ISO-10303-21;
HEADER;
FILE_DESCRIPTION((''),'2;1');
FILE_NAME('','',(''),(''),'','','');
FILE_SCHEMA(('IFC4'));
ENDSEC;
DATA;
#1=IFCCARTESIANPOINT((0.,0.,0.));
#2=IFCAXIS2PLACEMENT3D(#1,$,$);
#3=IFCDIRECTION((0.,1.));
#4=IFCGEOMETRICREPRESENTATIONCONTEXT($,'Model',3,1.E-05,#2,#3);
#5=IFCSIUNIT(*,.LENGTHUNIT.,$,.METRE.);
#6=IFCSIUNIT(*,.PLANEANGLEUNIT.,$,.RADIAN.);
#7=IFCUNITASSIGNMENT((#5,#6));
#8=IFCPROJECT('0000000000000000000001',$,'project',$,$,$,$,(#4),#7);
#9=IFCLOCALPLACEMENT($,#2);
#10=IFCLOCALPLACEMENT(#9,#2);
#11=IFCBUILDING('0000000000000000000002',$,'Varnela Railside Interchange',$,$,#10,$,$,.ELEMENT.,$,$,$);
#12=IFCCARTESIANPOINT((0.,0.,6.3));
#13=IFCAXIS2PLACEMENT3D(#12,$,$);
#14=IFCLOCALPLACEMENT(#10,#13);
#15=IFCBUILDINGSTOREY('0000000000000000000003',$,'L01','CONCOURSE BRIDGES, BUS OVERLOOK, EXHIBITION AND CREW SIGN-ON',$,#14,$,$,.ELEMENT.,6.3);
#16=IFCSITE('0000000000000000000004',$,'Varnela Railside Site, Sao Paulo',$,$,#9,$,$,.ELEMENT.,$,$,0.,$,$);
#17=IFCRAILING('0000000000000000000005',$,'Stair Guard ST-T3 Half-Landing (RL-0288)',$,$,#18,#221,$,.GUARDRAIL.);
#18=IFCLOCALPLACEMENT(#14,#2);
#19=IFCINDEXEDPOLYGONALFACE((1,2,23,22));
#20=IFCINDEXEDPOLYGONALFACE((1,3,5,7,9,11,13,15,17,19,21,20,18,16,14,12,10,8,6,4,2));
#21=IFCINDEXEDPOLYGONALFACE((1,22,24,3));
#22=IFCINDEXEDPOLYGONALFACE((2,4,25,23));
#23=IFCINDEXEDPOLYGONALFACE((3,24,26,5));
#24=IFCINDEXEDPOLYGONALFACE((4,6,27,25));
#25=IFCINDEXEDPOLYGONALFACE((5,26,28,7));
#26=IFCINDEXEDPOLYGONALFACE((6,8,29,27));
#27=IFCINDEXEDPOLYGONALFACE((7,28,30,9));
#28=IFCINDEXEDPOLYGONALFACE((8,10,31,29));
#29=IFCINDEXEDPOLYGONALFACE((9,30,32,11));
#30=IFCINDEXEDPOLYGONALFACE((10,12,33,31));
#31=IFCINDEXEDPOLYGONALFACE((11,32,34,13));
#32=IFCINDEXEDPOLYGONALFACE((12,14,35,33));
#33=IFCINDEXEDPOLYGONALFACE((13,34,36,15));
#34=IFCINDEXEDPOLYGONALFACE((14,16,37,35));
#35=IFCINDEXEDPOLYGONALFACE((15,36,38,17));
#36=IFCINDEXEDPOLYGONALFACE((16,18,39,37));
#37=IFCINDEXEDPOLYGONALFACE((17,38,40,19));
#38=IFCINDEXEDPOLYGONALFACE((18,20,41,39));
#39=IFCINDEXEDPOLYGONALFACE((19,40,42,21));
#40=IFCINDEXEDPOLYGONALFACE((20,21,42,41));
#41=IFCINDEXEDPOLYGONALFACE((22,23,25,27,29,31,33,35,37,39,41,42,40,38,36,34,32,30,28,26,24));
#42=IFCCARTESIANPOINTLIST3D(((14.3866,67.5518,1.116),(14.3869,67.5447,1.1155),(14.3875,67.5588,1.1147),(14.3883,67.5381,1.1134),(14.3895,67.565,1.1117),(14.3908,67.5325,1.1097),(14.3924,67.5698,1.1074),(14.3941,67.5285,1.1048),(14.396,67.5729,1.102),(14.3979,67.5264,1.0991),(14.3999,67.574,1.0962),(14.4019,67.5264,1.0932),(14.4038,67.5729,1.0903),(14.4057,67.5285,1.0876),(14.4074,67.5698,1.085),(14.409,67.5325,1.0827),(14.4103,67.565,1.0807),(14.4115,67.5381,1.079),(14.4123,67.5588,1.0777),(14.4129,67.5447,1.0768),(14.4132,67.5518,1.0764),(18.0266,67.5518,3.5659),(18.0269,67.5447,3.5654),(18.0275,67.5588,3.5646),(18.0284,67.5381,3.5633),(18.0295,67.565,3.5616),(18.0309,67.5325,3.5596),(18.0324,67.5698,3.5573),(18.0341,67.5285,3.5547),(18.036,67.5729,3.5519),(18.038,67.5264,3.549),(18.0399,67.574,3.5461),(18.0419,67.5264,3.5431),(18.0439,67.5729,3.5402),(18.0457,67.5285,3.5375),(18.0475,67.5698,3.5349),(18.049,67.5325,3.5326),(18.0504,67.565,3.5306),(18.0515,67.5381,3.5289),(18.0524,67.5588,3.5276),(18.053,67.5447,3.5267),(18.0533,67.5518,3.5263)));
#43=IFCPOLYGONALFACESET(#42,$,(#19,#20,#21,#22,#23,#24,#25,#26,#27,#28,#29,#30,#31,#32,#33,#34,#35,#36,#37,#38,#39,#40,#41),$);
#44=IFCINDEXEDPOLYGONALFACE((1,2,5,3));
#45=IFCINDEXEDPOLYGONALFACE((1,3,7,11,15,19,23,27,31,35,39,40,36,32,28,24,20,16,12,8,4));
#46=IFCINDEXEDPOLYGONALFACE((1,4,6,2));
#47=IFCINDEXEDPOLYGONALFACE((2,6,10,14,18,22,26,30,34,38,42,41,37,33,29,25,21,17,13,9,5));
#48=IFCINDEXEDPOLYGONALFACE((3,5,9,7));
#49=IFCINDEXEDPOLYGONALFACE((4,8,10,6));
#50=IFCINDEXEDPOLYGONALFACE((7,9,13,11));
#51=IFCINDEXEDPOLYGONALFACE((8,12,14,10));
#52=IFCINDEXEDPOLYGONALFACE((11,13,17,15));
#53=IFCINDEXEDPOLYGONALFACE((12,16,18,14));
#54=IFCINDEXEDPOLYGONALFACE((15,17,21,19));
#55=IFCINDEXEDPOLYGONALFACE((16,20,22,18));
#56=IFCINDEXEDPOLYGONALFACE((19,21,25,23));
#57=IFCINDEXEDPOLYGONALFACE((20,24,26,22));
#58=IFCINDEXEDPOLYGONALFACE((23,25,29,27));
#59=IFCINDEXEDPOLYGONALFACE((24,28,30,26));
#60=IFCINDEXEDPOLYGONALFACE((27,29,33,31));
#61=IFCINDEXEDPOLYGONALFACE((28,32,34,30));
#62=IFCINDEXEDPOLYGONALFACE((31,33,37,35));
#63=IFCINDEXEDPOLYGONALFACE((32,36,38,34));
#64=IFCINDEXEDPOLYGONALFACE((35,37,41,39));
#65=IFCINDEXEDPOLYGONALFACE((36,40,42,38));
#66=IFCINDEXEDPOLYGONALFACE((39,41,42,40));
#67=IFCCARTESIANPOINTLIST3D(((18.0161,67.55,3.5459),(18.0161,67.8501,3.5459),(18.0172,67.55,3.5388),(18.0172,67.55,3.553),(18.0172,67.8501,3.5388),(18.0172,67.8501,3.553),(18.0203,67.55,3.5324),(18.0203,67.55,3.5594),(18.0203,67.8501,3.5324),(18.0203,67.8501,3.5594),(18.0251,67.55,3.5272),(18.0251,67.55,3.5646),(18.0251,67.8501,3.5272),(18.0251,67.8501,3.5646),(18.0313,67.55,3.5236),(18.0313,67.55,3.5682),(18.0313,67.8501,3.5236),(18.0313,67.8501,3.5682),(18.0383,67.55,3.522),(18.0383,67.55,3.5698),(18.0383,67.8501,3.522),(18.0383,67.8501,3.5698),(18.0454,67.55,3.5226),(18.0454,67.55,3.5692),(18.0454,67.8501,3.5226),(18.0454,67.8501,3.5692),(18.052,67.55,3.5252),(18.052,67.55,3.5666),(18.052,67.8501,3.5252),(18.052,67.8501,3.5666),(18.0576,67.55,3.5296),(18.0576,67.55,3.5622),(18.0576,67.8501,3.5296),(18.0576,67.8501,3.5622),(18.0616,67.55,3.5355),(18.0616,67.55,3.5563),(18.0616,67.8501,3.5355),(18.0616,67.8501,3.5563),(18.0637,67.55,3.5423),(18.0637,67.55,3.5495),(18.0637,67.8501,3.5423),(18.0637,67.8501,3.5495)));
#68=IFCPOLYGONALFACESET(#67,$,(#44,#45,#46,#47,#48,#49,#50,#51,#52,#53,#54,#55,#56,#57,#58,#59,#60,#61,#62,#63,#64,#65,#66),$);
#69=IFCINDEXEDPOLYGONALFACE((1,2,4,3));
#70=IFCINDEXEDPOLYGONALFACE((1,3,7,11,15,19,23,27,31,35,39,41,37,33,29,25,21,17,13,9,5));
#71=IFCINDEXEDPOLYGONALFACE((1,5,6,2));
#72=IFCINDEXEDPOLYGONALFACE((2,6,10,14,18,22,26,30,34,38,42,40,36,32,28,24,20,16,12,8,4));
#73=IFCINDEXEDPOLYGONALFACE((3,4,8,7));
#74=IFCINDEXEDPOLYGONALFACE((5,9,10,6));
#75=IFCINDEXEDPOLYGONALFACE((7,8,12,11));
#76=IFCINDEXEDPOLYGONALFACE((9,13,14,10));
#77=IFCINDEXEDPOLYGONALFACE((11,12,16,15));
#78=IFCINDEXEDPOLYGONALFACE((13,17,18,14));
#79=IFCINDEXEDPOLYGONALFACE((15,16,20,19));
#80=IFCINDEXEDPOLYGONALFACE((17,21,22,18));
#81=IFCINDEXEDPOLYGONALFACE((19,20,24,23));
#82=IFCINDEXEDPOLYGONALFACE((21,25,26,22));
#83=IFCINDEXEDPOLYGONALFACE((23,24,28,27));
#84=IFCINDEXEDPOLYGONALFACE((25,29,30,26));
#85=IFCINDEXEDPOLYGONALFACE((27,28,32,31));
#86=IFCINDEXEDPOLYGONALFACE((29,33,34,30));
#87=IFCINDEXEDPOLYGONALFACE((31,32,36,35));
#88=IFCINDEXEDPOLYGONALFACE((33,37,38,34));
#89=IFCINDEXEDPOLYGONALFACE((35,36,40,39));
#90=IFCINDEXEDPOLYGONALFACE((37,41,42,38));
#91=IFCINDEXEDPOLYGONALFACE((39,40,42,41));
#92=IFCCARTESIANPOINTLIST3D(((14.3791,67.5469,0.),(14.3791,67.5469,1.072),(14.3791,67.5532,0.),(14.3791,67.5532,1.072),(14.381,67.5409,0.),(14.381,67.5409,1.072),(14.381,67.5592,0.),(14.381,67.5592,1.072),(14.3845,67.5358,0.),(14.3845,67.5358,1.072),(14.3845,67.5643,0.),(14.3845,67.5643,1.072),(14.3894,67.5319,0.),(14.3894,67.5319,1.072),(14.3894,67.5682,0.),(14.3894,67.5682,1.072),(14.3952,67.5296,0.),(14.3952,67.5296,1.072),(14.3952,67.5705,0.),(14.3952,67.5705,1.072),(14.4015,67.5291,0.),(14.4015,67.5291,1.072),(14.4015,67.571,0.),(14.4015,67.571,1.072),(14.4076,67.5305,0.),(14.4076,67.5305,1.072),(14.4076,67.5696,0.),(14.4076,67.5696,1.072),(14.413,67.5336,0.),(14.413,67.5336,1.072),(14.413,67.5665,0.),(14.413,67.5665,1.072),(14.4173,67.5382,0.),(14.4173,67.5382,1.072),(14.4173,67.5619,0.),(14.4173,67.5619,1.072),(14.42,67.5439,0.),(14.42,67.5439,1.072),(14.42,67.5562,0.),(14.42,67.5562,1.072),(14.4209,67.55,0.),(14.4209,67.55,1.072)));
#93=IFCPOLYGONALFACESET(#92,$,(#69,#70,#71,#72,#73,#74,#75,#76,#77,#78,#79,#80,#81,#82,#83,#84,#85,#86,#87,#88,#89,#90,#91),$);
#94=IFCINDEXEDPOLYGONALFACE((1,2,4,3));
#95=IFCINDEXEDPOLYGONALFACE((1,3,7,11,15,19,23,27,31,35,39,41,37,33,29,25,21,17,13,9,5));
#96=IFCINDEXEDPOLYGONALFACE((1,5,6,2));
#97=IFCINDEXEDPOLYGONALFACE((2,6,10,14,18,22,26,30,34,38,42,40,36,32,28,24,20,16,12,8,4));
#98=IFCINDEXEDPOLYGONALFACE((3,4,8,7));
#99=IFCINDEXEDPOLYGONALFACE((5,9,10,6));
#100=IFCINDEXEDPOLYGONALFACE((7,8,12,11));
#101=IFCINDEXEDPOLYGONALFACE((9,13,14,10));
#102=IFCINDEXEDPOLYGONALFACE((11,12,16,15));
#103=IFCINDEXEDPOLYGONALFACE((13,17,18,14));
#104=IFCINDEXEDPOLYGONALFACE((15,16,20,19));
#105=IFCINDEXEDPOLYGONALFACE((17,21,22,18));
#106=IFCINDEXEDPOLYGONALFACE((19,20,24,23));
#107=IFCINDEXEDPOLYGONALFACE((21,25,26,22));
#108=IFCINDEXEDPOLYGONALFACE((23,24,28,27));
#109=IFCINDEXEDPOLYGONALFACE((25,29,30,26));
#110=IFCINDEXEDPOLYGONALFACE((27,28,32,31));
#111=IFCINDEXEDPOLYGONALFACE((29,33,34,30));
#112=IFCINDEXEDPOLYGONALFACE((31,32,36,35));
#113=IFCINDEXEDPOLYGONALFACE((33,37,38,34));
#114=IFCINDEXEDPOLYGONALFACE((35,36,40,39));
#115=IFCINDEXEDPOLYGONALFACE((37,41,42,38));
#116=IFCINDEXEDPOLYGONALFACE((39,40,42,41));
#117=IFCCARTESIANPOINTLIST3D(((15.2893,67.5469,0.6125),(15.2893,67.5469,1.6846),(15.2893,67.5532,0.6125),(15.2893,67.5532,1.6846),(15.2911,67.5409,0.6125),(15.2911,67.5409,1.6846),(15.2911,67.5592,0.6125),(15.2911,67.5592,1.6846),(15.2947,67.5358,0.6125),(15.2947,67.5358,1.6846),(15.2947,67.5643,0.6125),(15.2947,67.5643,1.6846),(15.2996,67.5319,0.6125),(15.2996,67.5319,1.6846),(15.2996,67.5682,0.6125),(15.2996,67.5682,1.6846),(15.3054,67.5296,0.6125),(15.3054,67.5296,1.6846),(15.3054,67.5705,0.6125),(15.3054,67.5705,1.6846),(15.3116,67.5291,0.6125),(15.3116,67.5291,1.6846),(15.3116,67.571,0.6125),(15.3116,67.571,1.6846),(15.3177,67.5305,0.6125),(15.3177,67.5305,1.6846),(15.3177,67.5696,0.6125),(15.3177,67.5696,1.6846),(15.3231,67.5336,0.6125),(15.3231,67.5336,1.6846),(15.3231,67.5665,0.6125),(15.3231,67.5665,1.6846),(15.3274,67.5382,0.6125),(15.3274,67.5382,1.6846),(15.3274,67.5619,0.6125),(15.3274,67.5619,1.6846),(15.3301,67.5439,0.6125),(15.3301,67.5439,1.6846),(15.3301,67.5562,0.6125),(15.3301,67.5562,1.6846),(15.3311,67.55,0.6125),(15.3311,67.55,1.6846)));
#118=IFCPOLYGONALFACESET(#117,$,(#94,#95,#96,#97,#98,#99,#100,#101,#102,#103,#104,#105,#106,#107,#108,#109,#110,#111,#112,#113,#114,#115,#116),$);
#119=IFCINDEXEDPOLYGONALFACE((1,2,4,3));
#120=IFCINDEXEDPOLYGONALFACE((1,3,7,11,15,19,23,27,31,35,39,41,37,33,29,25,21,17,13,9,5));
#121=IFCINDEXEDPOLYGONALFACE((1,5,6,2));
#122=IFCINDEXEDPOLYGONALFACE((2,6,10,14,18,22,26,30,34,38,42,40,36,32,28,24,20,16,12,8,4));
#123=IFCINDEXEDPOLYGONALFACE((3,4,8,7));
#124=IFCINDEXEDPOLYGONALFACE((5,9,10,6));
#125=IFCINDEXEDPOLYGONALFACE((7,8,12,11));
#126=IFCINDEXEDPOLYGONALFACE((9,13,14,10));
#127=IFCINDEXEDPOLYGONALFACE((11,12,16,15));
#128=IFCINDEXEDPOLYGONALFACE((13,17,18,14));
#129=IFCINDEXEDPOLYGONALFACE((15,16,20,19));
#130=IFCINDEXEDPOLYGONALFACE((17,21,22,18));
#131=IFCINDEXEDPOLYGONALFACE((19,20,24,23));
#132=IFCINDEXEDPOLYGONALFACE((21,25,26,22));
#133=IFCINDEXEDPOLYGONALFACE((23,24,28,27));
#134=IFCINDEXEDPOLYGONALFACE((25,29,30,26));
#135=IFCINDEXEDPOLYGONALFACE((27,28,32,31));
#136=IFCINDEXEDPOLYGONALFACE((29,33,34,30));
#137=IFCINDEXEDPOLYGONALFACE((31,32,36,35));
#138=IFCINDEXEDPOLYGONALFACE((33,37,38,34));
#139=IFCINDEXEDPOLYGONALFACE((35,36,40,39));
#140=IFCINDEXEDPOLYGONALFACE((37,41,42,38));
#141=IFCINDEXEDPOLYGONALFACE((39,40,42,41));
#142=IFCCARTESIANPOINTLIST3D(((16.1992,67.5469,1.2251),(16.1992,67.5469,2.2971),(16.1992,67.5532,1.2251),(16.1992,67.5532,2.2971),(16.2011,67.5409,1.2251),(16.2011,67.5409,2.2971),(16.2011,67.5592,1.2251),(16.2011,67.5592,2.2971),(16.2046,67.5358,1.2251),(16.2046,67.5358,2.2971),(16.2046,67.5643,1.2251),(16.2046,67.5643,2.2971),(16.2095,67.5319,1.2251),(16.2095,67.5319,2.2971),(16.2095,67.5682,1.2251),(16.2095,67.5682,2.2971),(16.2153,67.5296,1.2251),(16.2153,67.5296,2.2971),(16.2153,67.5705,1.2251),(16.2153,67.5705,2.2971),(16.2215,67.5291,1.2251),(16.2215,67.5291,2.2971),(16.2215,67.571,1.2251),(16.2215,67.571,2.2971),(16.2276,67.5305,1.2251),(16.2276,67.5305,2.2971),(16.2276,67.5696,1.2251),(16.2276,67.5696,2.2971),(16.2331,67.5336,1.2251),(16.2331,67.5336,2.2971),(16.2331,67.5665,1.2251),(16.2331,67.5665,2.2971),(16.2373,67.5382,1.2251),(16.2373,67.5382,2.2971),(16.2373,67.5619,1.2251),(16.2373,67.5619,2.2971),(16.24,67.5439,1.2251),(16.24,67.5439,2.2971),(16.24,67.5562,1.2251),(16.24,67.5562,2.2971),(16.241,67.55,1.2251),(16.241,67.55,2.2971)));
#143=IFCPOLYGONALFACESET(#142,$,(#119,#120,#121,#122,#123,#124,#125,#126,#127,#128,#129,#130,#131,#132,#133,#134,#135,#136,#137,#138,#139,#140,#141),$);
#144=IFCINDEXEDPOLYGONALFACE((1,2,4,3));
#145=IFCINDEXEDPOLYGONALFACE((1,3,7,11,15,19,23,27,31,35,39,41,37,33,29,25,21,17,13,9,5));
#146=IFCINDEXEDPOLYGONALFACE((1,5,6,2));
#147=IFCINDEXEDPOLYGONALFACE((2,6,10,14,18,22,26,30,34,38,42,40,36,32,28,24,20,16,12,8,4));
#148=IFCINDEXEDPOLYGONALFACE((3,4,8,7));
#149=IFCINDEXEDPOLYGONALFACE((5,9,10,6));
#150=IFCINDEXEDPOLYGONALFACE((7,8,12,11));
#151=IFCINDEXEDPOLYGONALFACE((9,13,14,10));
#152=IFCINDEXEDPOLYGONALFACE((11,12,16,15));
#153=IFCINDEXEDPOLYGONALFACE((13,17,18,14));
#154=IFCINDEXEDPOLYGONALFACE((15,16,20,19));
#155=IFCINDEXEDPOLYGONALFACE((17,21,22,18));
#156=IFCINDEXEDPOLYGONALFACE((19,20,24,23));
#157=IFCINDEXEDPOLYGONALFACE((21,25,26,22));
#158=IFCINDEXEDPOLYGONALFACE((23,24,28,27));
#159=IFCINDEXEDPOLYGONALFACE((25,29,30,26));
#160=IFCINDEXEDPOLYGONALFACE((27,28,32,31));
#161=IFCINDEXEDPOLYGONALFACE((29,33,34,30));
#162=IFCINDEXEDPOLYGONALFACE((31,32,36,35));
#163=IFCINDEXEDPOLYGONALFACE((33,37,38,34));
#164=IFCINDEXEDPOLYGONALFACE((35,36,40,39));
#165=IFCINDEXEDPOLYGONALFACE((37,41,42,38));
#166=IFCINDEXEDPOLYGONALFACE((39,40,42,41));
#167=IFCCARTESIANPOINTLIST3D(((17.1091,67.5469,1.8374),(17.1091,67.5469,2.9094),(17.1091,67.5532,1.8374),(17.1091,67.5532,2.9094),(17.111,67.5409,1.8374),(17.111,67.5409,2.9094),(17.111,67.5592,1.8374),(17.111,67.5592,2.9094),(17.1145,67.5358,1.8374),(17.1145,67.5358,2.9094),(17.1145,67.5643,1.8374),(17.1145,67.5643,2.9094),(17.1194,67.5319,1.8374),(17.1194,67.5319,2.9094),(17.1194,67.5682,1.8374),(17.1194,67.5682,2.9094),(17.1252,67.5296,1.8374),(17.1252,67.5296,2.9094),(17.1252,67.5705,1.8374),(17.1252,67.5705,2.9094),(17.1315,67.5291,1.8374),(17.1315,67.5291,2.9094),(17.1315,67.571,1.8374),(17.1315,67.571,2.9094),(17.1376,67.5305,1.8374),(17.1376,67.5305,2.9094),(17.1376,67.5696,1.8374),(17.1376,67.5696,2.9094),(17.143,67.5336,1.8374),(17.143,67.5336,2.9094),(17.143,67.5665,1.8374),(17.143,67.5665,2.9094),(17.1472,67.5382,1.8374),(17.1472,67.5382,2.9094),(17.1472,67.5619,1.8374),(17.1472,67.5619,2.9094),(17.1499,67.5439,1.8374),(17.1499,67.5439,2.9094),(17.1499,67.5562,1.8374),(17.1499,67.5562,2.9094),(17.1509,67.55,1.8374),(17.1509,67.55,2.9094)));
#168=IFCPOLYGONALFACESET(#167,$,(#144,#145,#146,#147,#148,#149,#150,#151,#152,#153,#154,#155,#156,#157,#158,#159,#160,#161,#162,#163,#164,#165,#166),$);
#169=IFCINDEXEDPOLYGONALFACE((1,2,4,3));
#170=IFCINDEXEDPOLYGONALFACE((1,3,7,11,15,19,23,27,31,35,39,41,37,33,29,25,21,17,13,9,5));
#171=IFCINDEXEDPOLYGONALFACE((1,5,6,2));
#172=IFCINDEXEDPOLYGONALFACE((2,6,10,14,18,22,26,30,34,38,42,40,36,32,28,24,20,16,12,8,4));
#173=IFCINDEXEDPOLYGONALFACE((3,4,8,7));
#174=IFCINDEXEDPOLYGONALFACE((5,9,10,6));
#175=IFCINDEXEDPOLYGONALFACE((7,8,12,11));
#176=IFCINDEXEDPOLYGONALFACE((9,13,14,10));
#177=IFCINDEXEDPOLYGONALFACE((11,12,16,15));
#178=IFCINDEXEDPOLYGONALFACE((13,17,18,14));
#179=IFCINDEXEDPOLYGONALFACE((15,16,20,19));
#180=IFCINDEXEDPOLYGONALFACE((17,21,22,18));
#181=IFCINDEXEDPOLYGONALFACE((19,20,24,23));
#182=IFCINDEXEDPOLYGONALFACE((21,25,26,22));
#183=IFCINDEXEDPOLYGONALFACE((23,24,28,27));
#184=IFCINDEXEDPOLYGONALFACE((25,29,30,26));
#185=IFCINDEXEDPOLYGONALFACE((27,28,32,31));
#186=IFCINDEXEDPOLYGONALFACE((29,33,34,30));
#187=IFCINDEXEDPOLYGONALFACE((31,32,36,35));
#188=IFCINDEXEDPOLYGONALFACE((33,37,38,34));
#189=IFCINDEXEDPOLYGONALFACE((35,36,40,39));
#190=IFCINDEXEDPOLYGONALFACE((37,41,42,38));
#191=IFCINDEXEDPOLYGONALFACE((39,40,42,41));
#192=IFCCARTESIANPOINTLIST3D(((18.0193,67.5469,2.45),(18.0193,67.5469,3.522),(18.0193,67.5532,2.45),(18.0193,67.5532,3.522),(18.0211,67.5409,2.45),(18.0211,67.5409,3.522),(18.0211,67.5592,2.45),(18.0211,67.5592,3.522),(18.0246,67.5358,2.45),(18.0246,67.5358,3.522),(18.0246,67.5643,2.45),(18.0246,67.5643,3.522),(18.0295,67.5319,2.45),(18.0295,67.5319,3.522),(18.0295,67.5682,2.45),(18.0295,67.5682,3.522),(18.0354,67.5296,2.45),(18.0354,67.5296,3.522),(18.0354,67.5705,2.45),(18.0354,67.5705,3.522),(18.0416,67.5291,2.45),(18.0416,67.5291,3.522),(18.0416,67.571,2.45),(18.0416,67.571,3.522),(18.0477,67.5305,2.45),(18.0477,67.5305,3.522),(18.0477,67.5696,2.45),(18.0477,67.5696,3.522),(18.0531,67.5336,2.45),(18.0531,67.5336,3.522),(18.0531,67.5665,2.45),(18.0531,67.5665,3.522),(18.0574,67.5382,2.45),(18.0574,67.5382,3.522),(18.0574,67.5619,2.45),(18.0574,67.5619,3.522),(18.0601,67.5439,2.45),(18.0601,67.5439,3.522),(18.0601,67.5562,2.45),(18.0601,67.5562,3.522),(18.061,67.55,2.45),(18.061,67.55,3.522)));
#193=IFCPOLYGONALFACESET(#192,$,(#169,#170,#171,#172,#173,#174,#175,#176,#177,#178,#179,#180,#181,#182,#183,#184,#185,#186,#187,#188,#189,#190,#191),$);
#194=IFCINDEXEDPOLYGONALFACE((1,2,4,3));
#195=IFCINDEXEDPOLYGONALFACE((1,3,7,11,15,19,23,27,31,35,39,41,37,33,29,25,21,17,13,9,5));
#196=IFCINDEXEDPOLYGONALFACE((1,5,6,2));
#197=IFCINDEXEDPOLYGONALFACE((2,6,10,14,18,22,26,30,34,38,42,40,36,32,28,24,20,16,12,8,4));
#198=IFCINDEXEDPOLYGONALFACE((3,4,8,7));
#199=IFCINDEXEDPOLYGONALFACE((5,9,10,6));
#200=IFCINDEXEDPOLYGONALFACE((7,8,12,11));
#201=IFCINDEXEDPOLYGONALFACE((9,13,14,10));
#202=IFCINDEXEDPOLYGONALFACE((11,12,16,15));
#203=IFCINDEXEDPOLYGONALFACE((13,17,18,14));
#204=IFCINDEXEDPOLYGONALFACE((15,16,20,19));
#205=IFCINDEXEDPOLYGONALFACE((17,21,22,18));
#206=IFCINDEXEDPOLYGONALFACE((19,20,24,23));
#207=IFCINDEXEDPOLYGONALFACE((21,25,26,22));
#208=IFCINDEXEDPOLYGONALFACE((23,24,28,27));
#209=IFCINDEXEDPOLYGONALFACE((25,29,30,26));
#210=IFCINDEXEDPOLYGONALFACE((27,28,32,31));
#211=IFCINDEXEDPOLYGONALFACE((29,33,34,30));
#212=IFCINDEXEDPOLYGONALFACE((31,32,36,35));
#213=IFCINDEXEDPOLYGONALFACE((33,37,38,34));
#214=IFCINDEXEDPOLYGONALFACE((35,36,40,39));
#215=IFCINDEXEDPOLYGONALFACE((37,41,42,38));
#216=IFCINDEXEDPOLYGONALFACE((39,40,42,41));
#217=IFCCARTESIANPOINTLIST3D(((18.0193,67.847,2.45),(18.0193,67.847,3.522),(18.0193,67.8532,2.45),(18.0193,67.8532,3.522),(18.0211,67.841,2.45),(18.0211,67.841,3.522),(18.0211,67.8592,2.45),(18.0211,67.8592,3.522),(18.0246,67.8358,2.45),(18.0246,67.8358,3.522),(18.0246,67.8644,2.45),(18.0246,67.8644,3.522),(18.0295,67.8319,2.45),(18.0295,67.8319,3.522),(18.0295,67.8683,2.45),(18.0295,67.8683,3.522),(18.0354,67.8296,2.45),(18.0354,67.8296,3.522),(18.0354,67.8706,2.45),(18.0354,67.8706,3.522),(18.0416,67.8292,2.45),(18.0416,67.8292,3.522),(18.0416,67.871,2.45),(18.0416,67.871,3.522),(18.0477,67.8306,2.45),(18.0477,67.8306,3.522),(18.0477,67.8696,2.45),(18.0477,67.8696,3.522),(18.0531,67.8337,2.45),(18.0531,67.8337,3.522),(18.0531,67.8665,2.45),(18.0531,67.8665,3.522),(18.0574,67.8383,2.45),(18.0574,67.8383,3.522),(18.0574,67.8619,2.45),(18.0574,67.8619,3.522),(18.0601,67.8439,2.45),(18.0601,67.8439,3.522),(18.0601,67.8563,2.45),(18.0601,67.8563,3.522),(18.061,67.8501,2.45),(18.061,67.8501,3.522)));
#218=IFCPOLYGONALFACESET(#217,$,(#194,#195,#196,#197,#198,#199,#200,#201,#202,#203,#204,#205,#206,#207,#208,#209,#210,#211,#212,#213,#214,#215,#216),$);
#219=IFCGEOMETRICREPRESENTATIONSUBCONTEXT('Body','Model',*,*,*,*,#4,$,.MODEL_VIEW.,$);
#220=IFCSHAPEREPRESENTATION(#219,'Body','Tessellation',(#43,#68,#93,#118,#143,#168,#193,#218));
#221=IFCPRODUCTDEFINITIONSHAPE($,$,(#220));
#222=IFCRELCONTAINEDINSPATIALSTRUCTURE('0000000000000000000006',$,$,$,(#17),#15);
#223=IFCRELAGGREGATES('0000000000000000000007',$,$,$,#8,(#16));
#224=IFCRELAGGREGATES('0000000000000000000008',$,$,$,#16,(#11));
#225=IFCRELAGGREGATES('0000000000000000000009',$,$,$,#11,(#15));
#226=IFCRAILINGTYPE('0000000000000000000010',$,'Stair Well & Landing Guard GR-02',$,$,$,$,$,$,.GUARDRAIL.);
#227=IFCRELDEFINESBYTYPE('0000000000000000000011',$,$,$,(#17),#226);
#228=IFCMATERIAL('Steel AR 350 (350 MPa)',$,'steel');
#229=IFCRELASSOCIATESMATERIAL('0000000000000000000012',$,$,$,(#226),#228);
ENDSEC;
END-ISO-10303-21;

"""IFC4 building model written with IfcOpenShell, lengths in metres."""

from ifc_helpers import new_model, si_unit, direction, frame, origin, origin_2d, place, context, subcontext, project, spatial, circle, extrude, material, type_object, element, save


model = new_model("IFC4")

# Units and contexts
model_context = context("Model", 3, precision=1e-05, world=origin(), true_north=direction((0.0, 1.0)))
body_context = subcontext(model_context, "Body", "Model", "MODEL_VIEW")
ifc_project = project(units=[si_unit("LENGTHUNIT", "METRE"), si_unit("PLANEANGLEUNIT", "RADIAN")], contexts=[model_context])

# Site, building, storey
site_placement = place(None, origin())
site = spatial("IfcSite", under=ifc_project, at=site_placement, Name="Varnela Railside Site, Sao Paulo", CompositionType="ELEMENT", RefElevation=0.0)
building_placement = place(site_placement, origin())
building = spatial("IfcBuilding", under=site, at=building_placement, Name="Varnela Railside Interchange", CompositionType="ELEMENT")
storey_placement = place(building_placement, frame((0.0, 0.0, 6.3)))
storey = spatial("IfcBuildingStorey", under=building, at=storey_placement, Name="L01", Description="CONCOURSE BRIDGES, BUS OVERLOOK, EXHIBITION AND CREW SIGN-ON", CompositionType="ELEMENT", Elevation=6.3)

# Shared definitions
ifc_material_1 = material(Name="Steel AR 350 (350 MPa)", Category="steel")

# Railing
railing_type_1 = type_object("IfcRailingType", Name="Stair Well & Landing Guard GR-02", PredefinedType="GUARDRAIL", material=ifc_material_1)
railing_1_placement = place(storey_placement, frame((14.3999, 67.55, 0.0)))
element("IfcRailing", 1, at=railing_1_placement, inside=storey, type_object=railing_type_1, Name="Stair Guard ST-T3 Half-Landing (RL-0288)", PredefinedType="GUARDRAIL", context=body_context, shape_type="SweptSolid", body=[
    extrude(circle(Radius=0.0239, at=origin_2d()), frame((0.0, 0.0, 1.0962), z_axis=(0.829603, 0.0, 0.558354), x_axis=(0.0, 1.0, 0.0)), (0.0, 0.0, 1.0), 4.3877),
    extrude(circle(Radius=0.0239, at=origin_2d()), frame((3.6401, 0.0, 3.5459), z_axis=(0.0, 1.0, 0.0), x_axis=(-1.0, 0.0, 0.0)), (0.0, 0.0, 1.0), 0.3),
    extrude(circle(Radius=0.021, at=origin_2d()), origin(), (0.0, 0.0, 1.0), 1.072),
    extrude(circle(Radius=0.021, at=origin_2d()), frame((0.9102, 0.0, 0.6125)), (0.0, 0.0, 1.0), 1.072),
    extrude(circle(Radius=0.021, at=origin_2d()), frame((1.8201, 0.0, 1.2251)), (0.0, 0.0, 1.0), 1.072),
    extrude(circle(Radius=0.021, at=origin_2d()), frame((2.73, 0.0, 1.8374)), (0.0, 0.0, 1.0), 1.072),
    extrude(circle(Radius=0.021, at=origin_2d()), frame((3.6401, 0.0, 2.45)), (0.0, 0.0, 1.0), 1.072),
    extrude(circle(Radius=0.021, at=origin_2d()), frame((3.6401, 0.3, 2.45)), (0.0, 0.0, 1.0), 1.072),
])

save(model, "model.ifc")
